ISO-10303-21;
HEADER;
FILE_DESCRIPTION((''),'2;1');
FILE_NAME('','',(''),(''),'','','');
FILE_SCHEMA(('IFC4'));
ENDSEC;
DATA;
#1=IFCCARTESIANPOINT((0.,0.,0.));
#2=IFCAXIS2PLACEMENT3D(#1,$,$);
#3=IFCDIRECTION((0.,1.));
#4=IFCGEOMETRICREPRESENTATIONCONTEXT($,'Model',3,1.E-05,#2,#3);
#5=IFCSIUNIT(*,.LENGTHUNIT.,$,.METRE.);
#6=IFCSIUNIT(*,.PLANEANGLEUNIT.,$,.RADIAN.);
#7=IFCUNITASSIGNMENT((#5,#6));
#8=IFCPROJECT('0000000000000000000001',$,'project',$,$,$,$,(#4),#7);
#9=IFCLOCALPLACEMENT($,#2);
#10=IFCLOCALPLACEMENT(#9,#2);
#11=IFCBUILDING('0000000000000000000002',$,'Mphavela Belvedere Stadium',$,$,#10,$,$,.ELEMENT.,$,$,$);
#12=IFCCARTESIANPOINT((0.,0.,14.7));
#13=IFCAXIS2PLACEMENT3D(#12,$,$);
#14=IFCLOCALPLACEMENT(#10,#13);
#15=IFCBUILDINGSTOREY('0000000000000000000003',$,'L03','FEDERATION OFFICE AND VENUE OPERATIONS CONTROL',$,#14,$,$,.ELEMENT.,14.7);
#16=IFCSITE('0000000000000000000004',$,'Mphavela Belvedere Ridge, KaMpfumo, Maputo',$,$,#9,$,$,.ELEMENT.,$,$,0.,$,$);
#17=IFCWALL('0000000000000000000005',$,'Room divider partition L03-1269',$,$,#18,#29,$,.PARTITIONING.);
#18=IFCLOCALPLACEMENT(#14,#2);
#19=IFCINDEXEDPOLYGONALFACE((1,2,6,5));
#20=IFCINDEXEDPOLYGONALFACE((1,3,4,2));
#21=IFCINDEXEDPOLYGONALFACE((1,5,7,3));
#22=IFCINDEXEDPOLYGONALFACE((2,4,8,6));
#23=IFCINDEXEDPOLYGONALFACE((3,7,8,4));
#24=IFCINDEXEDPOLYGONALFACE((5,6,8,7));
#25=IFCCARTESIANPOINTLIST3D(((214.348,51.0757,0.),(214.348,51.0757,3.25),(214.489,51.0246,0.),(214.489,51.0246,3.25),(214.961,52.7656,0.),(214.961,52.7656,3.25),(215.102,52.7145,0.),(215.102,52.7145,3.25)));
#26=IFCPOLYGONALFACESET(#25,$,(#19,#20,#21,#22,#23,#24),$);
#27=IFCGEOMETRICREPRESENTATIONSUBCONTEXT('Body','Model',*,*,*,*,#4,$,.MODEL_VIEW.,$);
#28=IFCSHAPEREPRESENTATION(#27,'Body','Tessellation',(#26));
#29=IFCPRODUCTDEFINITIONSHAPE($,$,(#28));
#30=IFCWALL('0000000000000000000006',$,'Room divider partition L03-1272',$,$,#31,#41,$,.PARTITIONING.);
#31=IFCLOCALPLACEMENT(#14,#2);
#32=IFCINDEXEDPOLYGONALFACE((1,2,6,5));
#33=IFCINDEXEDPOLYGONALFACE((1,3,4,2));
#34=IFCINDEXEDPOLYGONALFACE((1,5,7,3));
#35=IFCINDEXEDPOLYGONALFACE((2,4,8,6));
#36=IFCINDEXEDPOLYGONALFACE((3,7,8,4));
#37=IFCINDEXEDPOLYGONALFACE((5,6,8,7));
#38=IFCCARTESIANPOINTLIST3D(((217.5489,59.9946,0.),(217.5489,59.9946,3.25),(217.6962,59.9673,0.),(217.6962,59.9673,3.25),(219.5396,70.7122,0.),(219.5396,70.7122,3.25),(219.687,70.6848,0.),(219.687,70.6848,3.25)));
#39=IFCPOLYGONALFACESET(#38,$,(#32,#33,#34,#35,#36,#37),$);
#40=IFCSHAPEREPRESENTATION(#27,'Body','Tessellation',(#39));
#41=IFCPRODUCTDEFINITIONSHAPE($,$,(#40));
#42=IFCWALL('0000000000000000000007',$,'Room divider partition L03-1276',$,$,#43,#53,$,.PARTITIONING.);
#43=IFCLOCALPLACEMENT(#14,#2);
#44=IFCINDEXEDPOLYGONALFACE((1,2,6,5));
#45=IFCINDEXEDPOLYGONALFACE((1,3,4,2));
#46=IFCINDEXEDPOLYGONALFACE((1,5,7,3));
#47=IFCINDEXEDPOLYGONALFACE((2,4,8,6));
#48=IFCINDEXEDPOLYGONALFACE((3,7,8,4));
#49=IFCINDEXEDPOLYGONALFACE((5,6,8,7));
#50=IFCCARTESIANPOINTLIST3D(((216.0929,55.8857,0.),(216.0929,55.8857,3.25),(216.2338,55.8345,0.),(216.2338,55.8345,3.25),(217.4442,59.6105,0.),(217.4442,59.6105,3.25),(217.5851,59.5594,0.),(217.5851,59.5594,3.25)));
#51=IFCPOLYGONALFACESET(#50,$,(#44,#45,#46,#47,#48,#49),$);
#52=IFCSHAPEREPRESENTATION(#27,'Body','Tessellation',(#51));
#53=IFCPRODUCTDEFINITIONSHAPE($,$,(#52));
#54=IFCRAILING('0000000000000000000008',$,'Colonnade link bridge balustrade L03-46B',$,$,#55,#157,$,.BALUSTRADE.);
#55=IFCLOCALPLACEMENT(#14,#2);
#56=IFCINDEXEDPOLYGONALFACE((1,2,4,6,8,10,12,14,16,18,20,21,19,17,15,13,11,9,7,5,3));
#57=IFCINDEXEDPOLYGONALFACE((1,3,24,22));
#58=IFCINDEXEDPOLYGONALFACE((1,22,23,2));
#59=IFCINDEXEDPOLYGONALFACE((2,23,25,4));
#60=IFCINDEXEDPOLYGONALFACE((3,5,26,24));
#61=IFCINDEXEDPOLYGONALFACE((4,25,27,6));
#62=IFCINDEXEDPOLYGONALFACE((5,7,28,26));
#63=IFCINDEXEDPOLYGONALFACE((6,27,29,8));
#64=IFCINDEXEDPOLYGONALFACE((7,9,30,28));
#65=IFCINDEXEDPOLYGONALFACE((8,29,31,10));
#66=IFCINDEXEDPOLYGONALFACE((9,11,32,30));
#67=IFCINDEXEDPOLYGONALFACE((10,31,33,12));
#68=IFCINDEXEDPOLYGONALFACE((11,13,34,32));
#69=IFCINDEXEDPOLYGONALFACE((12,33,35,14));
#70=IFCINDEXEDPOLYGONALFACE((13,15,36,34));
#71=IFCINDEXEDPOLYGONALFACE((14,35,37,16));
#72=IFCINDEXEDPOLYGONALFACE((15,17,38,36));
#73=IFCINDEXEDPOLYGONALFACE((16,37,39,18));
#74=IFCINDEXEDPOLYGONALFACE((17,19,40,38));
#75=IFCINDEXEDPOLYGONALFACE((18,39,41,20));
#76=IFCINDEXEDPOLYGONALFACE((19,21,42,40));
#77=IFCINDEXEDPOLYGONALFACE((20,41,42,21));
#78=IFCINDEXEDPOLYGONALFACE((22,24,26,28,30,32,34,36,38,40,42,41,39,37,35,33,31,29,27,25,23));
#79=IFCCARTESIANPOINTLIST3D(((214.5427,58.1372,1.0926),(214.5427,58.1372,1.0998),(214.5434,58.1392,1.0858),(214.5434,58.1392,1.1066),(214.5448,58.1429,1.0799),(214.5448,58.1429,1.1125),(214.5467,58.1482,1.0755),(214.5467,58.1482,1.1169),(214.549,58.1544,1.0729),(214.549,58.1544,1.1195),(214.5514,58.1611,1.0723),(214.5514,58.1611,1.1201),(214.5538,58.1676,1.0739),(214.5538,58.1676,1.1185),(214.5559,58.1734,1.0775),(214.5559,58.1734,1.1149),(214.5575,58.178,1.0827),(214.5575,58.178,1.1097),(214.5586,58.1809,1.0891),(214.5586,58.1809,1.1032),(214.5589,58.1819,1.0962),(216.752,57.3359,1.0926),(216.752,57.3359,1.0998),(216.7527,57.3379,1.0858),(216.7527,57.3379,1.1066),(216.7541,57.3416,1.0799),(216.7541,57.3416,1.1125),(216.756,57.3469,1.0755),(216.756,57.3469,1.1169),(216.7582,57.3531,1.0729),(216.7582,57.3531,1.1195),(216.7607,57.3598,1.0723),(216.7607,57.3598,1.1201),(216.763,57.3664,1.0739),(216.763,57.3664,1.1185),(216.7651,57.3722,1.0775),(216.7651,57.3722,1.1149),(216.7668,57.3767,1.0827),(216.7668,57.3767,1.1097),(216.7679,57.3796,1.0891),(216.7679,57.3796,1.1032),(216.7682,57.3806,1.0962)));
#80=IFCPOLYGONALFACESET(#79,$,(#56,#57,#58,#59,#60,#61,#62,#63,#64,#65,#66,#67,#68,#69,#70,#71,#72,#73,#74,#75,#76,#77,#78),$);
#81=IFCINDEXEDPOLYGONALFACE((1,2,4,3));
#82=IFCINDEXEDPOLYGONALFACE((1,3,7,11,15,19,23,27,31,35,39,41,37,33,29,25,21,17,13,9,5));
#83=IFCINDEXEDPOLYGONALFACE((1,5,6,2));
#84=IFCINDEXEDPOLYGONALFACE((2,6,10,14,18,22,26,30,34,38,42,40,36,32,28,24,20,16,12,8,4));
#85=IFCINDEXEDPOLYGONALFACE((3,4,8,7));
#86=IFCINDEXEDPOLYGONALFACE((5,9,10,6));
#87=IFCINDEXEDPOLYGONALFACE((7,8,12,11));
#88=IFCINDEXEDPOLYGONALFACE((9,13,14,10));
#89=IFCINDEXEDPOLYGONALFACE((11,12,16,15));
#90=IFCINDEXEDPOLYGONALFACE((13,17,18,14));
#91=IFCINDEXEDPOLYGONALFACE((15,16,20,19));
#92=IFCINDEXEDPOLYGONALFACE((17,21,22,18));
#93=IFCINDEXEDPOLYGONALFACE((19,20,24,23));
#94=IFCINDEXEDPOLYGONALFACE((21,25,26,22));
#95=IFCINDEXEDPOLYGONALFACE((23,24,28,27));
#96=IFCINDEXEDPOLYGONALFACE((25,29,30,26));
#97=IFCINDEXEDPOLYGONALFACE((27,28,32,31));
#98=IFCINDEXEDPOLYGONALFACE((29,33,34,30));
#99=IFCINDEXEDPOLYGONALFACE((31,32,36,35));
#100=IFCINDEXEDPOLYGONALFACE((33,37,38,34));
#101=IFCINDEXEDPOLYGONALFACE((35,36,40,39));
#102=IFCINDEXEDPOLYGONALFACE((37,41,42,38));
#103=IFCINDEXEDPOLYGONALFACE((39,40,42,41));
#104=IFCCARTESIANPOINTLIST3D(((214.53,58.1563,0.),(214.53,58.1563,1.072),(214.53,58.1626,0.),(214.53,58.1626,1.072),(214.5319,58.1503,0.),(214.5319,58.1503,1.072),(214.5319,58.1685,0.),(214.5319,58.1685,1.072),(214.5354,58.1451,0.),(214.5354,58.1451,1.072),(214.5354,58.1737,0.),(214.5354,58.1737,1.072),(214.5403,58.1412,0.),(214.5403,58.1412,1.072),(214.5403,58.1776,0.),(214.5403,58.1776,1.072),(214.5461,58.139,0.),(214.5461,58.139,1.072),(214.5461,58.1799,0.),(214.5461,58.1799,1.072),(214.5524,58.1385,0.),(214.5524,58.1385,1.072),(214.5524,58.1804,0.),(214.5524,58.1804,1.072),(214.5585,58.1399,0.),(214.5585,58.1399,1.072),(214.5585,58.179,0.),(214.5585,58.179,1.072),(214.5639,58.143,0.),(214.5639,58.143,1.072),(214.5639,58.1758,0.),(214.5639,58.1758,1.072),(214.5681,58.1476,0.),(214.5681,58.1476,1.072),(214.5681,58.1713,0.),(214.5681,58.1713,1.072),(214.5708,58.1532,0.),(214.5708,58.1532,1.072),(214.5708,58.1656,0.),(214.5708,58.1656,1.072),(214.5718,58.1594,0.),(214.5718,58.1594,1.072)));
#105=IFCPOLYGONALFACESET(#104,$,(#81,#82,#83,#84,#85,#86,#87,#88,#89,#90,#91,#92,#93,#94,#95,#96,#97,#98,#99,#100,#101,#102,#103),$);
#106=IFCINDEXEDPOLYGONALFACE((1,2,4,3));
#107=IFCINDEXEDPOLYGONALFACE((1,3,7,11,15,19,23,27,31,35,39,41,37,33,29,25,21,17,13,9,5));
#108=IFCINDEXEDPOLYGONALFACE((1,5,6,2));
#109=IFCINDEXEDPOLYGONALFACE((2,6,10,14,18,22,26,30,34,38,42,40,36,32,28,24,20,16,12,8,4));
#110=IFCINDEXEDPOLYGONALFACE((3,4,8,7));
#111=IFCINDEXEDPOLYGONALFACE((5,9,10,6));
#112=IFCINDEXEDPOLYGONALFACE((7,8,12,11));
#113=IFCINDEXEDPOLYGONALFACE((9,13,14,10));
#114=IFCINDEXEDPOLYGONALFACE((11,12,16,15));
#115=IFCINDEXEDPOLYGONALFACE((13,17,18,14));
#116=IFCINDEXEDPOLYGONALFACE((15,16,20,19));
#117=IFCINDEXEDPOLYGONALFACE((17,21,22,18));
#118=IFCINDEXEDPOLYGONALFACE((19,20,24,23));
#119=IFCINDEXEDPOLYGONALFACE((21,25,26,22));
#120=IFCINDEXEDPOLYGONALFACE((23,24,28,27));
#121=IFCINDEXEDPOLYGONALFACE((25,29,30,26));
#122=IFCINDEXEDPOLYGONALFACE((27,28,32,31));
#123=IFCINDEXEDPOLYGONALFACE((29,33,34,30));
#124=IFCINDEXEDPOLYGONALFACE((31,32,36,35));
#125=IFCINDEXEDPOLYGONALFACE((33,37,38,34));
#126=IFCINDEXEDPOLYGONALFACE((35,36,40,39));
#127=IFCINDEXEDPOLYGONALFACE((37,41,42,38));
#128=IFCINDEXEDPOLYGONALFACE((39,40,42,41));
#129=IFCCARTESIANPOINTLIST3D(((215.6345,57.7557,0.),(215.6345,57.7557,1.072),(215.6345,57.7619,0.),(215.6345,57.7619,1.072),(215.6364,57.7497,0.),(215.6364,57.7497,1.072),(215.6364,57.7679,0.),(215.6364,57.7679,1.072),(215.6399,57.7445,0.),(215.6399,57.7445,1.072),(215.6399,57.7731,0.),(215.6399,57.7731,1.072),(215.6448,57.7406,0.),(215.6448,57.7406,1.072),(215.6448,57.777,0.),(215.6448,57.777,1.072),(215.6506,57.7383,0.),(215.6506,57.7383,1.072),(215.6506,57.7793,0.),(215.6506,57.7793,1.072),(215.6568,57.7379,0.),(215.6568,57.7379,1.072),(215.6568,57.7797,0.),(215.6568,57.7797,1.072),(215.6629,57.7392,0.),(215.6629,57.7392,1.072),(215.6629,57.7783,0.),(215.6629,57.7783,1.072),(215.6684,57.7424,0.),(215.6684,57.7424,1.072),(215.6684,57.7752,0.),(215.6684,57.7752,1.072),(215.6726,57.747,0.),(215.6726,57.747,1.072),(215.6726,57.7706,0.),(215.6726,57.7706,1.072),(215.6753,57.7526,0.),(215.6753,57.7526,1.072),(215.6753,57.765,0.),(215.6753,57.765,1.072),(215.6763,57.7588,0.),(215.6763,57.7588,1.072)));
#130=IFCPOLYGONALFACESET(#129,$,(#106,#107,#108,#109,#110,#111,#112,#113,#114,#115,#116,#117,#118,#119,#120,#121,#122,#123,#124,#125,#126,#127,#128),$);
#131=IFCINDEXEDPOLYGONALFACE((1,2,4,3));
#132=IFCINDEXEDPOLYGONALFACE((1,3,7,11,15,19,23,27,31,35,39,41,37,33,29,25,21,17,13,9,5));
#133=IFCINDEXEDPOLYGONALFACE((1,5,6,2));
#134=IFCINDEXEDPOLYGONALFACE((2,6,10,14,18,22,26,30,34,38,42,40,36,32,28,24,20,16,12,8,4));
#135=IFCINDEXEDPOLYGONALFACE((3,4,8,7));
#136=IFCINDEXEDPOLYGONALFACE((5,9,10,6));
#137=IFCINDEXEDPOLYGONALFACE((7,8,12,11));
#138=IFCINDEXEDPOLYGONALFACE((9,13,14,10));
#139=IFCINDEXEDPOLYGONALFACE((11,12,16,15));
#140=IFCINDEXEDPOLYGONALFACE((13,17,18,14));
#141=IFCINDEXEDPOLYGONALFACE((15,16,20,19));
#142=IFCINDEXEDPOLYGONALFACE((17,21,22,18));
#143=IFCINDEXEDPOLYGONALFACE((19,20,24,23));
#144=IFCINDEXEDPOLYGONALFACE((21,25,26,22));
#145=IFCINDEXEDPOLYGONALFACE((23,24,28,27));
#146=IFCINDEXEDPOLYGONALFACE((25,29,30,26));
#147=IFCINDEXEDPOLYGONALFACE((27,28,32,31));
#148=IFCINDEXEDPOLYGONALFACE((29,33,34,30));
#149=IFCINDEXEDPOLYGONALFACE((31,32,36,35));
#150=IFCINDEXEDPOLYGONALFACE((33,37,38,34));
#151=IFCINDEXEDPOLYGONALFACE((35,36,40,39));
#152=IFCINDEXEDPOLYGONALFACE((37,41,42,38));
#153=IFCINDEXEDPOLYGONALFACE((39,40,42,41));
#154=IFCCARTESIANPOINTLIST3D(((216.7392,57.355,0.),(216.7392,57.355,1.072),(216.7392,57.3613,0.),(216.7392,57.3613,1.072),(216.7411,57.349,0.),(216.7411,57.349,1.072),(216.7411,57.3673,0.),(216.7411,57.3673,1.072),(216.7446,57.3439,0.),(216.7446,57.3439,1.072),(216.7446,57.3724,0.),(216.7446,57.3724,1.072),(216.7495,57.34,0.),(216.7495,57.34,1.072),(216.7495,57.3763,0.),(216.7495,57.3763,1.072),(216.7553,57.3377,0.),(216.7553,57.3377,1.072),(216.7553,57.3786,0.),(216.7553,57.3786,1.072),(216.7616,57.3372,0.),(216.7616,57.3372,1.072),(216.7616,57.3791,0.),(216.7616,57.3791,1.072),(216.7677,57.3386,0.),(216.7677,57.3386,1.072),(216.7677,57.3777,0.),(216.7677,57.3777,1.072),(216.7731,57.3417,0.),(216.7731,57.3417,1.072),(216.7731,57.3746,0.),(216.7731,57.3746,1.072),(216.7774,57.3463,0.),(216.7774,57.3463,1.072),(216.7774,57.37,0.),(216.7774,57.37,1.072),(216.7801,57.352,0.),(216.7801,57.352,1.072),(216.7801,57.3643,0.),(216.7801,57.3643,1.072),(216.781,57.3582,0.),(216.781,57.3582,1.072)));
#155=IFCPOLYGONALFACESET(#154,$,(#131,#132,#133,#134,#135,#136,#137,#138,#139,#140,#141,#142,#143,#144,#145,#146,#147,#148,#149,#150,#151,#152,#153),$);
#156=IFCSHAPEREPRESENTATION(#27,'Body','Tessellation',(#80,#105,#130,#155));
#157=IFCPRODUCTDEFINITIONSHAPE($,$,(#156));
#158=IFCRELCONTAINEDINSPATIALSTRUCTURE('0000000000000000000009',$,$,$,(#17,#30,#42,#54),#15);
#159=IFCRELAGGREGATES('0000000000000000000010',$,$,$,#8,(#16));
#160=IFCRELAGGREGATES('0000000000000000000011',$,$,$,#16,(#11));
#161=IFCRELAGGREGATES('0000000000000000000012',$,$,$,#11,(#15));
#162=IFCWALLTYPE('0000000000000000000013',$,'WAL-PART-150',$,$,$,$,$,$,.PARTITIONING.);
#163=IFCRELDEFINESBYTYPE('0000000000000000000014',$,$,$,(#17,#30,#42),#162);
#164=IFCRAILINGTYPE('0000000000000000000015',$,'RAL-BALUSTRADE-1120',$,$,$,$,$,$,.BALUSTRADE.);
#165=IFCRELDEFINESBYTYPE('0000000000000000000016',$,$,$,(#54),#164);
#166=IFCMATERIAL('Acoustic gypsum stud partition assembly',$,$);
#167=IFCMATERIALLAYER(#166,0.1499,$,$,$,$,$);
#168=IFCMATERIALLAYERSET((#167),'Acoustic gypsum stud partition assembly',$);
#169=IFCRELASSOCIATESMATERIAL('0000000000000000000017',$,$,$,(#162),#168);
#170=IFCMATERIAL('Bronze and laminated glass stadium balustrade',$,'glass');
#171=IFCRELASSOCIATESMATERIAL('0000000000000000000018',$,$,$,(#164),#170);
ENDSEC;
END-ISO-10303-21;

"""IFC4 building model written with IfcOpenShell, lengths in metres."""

from ifc_helpers import new_model, si_unit, direction, frame, frame_2d, origin, origin_2d, place, context, subcontext, project, spatial, rectangle, circle, extrude, material, layer, layer_set, type_object, element, save


model = new_model("IFC4")

# Units and contexts
model_context = context("Model", 3, precision=1e-05, world=origin(), true_north=direction((0.0, 1.0)))
body_context = subcontext(model_context, "Body", "Model", "MODEL_VIEW")
ifc_project = project(units=[si_unit("LENGTHUNIT", "METRE"), si_unit("PLANEANGLEUNIT", "RADIAN")], contexts=[model_context])

# Site, building, storey
site_placement = place(None, origin())
site = spatial("IfcSite", under=ifc_project, at=site_placement, Name="Mphavela Belvedere Ridge, KaMpfumo, Maputo", CompositionType="ELEMENT", RefElevation=0.0)
building_placement = place(site_placement, origin())
building = spatial("IfcBuilding", under=site, at=building_placement, Name="Mphavela Belvedere Stadium", CompositionType="ELEMENT")
storey_placement = place(building_placement, frame((0.0, 0.0, 14.7)))
storey = spatial("IfcBuildingStorey", under=building, at=storey_placement, Name="L03", Description="FEDERATION OFFICE AND VENUE OPERATIONS CONTROL", CompositionType="ELEMENT", Elevation=14.7)

# Shared definitions
ifc_material_1 = material(Name="Acoustic gypsum stud partition assembly")
ifc_layer_1 = layer(ifc_material_1, 0.1499)
ifc_layer_set_1 = layer_set([ifc_layer_1], Name="Acoustic gypsum stud partition assembly")
wall_type_1 = type_object("IfcWallType", Name="WAL-PART-150", PredefinedType="PARTITIONING", material=ifc_layer_set_1)

# Walls
wall_1_placement = place(storey_placement, frame((214.4185, 51.05, 0.0), z_axis=(0.0, 0.0, 1.0), x_axis=(0.341012, 0.940059, 0.0)))
element("IfcWall", 1, at=wall_1_placement, inside=storey, type_object=wall_type_1, Name="Room divider partition L03-1269", PredefinedType="PARTITIONING", context=body_context, shape_type="SweptSolid", body=[
    extrude(rectangle(XDim=1.7976, YDim=0.1499, at=frame_2d((0.8989, 0.0))), origin(), (0.0, 0.0, 1.0), 3.25),
])
wall_2_placement = place(storey_placement, frame((217.6226, 59.981, 0.0), z_axis=(0.0, 0.0, 1.0), x_axis=(0.182621, 0.983183, 0.0)))
element("IfcWall", 2, at=wall_2_placement, inside=storey, type_object=wall_type_1, Name="Room divider partition L03-1272", PredefinedType="PARTITIONING", context=body_context, shape_type="SweptSolid", body=[
    extrude(rectangle(XDim=10.9009, YDim=0.1499, at=frame_2d((5.4504, 0.0))), origin(), (0.0, 0.0, 1.0), 3.25),
])
wall_3_placement = place(storey_placement, frame((216.1633, 55.8601, 0.0), z_axis=(0.0, 0.0, 1.0), x_axis=(0.341036, 0.94005, 0.0)))
element("IfcWall", 3, at=wall_3_placement, inside=storey, type_object=wall_type_1, Name="Room divider partition L03-1276", PredefinedType="PARTITIONING", context=body_context, shape_type="SweptSolid", body=[
    extrude(rectangle(XDim=3.9624, YDim=0.1499, at=frame_2d((1.9812, 0.0))), origin(), (0.0, 0.0, 1.0), 3.25),
])

# Railing
ifc_material_2 = material(Name="Bronze and laminated glass stadium balustrade", Category="glass")
railing_type = type_object("IfcRailingType", Name="RAL-BALUSTRADE-1120", PredefinedType="BALUSTRADE", material=ifc_material_2)
railing_1_placement = place(storey_placement, frame((214.5508, 58.1594, 0.0)))
element("IfcRailing", 4, at=railing_1_placement, inside=storey, type_object=railing_type, Name="Colonnade link bridge balustrade L03-46B", PredefinedType="BALUSTRADE", context=body_context, shape_type="SweptSolid", body=[
    extrude(circle(Radius=0.0239, at=origin_2d()), frame((0.0, 0.0, 1.0962), z_axis=(0.940078, -0.340959, 0.0), x_axis=(0.340959, 0.940078, 0.0)), (0.0, 0.0, 1.0), 2.3501),
    extrude(circle(Radius=0.021, at=origin_2d()), origin(), (0.0, 0.0, 1.0), 1.072),
    extrude(circle(Radius=0.021, at=origin_2d()), frame((1.1045, -0.4006, 0.0)), (0.0, 0.0, 1.0), 1.072),
    extrude(circle(Radius=0.021, at=origin_2d()), frame((2.2092, -0.8013, 0.0)), (0.0, 0.0, 1.0), 1.072),
])

save(model, "model.ifc")
